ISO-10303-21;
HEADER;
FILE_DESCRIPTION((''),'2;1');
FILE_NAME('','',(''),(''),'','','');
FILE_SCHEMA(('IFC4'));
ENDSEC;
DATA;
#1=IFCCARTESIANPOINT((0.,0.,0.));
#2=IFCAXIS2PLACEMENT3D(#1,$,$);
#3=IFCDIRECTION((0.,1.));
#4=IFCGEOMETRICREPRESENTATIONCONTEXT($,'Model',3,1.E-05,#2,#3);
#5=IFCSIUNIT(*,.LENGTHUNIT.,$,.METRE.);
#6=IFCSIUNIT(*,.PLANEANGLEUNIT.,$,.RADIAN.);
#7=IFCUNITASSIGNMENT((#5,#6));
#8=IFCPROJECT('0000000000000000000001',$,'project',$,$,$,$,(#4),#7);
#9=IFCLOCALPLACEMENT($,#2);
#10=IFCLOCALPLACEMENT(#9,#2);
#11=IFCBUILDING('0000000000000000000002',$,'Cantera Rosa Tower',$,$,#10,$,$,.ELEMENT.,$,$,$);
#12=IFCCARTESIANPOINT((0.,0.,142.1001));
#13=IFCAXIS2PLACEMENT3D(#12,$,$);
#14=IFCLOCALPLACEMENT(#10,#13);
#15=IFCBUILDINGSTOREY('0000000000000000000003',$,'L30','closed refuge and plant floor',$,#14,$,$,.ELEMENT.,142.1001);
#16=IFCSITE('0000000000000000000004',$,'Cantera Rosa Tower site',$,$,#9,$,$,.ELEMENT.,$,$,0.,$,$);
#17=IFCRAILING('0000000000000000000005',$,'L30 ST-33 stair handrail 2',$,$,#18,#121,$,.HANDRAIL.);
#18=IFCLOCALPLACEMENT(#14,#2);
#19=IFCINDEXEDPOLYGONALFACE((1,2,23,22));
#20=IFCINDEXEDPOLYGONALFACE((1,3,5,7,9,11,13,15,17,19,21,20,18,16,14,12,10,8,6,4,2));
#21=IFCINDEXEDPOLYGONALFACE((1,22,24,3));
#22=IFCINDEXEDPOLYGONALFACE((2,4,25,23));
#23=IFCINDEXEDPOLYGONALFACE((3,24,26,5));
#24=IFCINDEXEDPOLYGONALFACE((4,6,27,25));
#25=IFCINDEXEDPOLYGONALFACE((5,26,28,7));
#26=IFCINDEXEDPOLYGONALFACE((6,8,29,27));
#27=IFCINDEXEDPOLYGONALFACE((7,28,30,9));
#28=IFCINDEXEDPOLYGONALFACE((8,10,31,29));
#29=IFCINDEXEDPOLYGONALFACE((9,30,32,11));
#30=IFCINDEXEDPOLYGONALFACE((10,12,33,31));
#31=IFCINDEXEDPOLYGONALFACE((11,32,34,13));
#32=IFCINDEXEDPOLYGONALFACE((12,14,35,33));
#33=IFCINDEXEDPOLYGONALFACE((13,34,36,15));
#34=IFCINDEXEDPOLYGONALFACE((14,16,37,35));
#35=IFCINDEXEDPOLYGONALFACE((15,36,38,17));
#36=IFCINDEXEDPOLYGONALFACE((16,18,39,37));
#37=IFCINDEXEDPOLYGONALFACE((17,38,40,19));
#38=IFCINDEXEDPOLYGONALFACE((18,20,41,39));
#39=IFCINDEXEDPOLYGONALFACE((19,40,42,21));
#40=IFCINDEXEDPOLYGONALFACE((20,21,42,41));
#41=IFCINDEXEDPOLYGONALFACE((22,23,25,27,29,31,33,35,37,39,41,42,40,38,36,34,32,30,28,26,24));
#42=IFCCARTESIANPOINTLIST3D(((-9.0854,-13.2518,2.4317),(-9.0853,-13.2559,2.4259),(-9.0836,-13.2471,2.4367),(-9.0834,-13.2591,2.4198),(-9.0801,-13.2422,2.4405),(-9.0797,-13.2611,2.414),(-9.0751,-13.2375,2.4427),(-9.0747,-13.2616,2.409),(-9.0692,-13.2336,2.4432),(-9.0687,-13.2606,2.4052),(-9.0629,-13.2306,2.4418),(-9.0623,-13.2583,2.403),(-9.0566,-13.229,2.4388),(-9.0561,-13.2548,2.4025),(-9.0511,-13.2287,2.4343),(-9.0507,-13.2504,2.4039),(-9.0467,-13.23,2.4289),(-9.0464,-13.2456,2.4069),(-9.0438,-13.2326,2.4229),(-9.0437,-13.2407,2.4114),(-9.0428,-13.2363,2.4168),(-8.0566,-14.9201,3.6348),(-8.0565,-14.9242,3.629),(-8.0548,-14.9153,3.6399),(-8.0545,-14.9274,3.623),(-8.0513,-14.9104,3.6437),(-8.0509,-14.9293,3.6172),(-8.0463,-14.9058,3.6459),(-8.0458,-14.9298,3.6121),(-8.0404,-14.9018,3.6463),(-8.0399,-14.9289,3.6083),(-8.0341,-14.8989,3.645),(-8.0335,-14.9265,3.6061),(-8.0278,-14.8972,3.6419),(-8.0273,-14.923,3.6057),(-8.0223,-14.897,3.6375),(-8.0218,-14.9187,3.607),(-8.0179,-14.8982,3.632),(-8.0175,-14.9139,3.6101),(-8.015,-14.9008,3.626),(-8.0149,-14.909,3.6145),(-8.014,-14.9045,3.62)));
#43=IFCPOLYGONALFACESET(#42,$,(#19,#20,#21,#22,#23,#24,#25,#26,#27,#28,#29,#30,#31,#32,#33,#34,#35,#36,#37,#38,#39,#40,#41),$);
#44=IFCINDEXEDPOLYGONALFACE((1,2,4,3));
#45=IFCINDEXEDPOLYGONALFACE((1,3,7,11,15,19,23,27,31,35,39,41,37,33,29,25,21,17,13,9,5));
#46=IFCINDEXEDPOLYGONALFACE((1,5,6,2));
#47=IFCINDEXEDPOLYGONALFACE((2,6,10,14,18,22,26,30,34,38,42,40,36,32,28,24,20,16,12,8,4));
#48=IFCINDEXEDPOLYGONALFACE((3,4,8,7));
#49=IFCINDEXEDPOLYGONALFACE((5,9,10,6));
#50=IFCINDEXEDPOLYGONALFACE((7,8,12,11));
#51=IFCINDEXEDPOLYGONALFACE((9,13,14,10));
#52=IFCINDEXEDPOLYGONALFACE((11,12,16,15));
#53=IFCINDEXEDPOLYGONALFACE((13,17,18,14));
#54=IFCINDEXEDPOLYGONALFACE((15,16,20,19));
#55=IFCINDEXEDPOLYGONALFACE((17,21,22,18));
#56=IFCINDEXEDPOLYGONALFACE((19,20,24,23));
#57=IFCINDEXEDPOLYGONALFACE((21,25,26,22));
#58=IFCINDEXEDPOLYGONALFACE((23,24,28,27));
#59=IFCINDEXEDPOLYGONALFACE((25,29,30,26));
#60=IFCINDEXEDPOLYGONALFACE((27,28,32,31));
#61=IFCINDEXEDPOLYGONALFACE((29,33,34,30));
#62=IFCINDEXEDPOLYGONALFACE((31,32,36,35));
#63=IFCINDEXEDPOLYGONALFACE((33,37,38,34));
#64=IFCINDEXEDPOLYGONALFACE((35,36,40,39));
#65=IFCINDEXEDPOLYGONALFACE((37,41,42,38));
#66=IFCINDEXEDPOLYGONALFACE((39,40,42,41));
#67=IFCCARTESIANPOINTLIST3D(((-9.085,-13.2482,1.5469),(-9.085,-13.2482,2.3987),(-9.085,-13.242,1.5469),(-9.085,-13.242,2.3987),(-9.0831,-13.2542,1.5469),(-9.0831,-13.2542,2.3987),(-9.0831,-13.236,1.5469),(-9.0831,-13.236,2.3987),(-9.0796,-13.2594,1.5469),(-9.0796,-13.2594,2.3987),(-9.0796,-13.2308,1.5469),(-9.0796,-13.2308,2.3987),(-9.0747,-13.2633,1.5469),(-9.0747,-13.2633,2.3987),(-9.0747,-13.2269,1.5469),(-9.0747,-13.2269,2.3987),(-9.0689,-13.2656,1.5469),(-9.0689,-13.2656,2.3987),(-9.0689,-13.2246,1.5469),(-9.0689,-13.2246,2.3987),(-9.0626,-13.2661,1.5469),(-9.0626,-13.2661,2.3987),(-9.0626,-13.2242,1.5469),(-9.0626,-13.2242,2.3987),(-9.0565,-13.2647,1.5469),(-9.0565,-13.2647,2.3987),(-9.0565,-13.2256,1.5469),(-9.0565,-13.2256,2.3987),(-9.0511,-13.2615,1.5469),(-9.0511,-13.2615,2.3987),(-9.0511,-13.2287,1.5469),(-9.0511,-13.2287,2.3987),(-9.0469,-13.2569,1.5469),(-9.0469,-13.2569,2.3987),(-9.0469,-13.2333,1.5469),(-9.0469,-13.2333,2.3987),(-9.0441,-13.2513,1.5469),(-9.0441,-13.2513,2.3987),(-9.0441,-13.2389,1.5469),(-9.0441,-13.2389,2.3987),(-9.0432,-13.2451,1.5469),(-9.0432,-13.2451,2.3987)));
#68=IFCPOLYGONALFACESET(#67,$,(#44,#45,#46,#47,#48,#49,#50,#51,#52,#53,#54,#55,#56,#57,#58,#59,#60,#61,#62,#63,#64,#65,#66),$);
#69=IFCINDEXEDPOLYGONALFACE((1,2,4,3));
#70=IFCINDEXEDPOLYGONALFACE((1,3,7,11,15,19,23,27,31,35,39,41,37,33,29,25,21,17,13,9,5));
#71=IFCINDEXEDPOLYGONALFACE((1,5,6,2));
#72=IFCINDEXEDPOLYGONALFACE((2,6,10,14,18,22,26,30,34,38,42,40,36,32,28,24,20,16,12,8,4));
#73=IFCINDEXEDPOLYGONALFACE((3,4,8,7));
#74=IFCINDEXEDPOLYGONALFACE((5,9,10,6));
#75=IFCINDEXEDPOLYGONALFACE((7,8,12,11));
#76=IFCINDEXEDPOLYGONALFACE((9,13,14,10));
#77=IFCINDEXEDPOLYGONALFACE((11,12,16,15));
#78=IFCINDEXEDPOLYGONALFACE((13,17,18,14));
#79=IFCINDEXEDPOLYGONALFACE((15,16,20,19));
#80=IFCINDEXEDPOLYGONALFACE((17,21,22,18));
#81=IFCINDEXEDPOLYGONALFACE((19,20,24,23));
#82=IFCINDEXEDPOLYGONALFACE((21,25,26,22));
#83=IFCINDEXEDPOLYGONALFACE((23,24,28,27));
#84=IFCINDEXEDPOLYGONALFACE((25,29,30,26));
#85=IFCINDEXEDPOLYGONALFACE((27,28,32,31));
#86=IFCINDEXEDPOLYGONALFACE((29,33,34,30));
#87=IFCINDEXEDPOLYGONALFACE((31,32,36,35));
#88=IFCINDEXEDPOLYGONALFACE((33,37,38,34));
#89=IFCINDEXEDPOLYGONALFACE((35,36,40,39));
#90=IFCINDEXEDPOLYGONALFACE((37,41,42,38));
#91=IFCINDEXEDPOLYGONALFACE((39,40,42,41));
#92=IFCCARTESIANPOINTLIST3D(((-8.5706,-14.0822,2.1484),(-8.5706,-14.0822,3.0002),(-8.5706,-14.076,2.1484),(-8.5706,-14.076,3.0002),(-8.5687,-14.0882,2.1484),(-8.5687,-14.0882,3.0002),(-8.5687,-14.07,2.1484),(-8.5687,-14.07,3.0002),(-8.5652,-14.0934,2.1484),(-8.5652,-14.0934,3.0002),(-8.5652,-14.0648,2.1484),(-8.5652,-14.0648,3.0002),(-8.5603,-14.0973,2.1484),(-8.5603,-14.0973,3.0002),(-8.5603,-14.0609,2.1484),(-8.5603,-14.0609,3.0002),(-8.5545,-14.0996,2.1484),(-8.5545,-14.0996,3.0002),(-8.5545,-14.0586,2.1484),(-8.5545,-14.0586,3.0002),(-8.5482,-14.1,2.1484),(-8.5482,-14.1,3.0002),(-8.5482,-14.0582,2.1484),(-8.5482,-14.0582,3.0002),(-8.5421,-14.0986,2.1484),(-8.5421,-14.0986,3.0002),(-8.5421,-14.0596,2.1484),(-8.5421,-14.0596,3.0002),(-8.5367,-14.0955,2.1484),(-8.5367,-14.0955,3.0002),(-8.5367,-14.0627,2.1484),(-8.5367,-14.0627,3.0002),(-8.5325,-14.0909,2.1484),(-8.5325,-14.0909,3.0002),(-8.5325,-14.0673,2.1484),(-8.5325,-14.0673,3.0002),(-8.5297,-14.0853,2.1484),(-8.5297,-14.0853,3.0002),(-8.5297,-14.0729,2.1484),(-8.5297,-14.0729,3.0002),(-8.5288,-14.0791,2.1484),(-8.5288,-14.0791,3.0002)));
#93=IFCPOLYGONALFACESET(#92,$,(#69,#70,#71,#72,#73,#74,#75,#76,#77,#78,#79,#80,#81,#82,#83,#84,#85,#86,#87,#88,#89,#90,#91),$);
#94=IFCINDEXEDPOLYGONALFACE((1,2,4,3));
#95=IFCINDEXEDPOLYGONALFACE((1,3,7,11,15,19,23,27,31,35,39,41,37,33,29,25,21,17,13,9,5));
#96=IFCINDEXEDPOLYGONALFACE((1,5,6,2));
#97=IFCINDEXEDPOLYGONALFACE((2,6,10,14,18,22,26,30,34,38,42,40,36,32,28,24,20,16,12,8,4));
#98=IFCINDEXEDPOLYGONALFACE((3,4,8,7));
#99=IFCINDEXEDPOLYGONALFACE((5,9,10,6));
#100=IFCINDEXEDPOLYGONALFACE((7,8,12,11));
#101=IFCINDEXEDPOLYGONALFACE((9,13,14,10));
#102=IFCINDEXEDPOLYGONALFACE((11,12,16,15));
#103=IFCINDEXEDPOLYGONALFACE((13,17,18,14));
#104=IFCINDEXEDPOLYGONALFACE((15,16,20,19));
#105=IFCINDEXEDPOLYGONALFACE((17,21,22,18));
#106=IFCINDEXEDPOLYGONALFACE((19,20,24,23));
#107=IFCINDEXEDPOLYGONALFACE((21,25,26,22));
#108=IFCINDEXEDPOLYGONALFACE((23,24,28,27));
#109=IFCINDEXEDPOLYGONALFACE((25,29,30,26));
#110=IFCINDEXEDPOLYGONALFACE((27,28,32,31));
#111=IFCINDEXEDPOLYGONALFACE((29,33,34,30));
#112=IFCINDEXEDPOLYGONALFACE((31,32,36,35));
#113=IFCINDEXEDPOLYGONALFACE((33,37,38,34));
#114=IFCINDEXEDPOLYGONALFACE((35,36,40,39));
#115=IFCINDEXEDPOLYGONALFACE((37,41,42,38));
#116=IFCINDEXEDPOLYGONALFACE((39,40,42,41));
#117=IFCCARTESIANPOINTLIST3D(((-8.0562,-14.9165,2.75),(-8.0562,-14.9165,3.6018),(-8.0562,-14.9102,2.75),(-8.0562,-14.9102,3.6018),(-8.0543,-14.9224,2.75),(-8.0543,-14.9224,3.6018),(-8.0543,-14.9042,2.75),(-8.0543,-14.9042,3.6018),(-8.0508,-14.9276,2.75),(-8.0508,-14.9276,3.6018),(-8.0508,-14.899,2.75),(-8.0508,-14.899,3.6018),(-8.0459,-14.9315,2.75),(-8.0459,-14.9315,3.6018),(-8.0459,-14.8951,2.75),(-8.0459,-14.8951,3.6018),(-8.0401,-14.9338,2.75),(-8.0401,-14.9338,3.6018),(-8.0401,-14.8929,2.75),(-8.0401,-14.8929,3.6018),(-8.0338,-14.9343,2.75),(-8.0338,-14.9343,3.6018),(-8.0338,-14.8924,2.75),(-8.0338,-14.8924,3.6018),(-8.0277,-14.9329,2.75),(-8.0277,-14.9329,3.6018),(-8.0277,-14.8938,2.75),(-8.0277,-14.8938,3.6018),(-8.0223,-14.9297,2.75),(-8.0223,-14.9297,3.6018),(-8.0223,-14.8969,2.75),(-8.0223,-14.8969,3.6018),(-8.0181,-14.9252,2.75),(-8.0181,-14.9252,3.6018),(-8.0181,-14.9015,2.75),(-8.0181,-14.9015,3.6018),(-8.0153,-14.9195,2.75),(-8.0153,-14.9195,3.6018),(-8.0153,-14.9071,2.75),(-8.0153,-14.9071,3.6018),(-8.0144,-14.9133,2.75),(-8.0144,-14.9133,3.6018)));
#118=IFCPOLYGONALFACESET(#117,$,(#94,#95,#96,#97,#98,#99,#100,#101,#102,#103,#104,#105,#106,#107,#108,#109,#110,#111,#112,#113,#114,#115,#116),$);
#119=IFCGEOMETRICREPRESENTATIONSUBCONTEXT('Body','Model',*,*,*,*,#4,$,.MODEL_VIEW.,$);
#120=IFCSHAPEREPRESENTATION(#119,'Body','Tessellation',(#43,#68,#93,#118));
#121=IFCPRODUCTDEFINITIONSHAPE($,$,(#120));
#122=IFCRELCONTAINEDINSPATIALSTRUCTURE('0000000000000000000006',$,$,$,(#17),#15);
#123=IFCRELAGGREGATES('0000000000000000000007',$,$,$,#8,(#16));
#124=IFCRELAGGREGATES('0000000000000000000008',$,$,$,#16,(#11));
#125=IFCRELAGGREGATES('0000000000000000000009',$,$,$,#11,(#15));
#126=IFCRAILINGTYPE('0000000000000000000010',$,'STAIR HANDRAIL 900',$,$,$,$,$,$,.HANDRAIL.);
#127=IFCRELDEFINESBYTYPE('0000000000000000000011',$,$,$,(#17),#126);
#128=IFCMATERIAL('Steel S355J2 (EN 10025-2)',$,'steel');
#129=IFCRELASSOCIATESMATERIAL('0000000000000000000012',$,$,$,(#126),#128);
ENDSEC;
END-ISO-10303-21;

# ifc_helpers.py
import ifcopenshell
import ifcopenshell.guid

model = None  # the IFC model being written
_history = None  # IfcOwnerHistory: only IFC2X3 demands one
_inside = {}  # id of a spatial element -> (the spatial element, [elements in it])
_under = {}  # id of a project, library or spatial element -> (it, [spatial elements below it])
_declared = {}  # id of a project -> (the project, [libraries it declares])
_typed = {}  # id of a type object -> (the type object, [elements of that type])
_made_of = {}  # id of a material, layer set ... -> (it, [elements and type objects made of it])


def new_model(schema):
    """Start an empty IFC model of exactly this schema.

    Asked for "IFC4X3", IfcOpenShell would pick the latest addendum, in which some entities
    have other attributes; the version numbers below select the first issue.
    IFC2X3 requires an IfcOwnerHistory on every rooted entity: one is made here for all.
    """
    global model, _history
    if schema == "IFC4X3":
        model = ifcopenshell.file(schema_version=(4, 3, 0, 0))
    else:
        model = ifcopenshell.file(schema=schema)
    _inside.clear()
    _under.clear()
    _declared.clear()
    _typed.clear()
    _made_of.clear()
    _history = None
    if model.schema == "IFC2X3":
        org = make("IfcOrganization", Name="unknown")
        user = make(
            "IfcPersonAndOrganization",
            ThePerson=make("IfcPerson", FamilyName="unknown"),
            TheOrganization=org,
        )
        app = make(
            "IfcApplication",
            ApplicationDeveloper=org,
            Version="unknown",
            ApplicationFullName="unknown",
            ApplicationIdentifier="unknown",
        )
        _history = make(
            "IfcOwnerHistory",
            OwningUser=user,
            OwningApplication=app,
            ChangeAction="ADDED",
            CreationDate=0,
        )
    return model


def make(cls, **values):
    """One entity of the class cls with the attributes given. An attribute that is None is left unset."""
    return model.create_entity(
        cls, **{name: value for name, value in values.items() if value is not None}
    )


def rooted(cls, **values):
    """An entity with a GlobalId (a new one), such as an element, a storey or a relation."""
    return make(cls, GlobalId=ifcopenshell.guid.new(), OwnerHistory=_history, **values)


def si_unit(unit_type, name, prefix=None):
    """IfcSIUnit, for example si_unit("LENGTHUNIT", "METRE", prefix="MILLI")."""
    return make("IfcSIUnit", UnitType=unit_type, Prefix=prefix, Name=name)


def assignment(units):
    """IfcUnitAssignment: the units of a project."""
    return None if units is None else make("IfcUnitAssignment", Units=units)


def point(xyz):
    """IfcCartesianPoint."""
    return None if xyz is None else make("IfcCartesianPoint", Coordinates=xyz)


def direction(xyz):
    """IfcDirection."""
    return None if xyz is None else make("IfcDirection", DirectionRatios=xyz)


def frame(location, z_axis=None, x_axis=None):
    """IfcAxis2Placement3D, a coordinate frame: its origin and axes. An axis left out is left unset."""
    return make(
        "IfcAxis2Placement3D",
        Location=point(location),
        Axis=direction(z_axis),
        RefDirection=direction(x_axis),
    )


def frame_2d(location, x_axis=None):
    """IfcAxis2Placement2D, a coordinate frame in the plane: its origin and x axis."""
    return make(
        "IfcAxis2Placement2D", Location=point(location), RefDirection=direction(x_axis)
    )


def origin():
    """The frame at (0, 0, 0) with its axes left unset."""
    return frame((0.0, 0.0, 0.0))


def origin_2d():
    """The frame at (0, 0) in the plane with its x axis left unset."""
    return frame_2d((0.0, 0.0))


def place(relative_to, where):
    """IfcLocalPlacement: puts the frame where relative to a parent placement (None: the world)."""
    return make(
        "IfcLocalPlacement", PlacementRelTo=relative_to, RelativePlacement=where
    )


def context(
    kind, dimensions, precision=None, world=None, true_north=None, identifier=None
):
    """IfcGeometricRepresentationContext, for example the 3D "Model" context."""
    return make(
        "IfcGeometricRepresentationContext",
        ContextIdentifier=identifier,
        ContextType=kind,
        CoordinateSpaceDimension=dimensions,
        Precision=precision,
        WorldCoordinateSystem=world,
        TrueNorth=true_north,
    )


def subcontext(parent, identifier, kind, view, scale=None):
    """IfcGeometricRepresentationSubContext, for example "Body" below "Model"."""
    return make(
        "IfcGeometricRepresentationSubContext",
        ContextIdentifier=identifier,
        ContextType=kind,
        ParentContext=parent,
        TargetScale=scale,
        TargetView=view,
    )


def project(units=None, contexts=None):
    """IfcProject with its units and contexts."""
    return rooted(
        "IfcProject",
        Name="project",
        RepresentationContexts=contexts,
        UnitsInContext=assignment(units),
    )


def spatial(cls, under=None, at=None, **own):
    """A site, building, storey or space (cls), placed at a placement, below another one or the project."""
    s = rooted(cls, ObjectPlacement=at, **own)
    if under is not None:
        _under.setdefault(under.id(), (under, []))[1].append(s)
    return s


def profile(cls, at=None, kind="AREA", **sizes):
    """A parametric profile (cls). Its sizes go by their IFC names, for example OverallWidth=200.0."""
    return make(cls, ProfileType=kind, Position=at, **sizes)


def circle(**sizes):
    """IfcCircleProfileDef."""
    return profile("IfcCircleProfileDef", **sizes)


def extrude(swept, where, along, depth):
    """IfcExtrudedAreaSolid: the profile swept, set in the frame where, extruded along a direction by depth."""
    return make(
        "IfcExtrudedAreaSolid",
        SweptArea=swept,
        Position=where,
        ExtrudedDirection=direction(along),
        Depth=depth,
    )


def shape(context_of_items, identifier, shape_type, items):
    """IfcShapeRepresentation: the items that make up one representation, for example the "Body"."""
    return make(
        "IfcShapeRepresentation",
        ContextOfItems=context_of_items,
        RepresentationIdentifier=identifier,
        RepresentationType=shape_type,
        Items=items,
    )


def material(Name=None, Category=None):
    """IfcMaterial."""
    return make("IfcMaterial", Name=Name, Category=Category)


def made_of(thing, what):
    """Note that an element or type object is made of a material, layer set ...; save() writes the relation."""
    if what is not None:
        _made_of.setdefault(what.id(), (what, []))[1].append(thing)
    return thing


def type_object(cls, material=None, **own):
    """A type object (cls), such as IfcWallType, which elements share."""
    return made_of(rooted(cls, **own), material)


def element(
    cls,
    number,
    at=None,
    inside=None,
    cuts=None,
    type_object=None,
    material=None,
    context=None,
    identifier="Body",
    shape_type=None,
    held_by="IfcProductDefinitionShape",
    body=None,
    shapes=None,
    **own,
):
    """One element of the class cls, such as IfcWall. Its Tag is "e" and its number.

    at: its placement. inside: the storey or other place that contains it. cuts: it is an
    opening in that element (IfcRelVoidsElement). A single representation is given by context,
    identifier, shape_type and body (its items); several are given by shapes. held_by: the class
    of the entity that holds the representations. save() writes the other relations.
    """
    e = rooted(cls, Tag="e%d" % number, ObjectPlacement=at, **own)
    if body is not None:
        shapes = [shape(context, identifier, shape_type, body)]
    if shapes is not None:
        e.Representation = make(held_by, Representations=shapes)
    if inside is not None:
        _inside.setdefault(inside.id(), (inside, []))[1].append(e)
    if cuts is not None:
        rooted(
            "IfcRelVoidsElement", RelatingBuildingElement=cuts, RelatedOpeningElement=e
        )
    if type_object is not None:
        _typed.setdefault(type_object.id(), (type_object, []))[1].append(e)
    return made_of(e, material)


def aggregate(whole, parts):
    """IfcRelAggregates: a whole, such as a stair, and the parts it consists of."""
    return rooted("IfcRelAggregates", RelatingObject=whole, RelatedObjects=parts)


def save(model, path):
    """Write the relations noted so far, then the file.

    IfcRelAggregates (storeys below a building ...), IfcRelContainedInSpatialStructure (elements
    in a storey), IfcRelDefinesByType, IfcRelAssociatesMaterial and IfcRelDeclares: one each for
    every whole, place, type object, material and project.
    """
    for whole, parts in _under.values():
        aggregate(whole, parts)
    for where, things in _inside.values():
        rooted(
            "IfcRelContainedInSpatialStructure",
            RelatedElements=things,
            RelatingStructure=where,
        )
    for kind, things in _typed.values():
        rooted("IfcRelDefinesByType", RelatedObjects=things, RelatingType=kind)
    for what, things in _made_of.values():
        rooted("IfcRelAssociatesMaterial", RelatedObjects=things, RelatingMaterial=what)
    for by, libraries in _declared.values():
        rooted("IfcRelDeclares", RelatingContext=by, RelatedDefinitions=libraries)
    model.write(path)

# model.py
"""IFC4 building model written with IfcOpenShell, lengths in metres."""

from ifc_helpers import new_model, si_unit, direction, frame, origin, origin_2d, place, context, subcontext, project, spatial, circle, extrude, material, type_object, element, save


model = new_model("IFC4")

# Units and contexts
model_context = context("Model", 3, precision=1e-05, world=origin(), true_north=direction((0.0, 1.0)))
body_context = subcontext(model_context, "Body", "Model", "MODEL_VIEW")
ifc_project = project(units=[si_unit("LENGTHUNIT", "METRE"), si_unit("PLANEANGLEUNIT", "RADIAN")], contexts=[model_context])

# Site, building, storey
site_placement = place(None, origin())
site = spatial("IfcSite", under=ifc_project, at=site_placement, Name="Cantera Rosa Tower site", CompositionType="ELEMENT", RefElevation=0.0)
building_placement = place(site_placement, origin())
building = spatial("IfcBuilding", under=site, at=building_placement, Name="Cantera Rosa Tower", CompositionType="ELEMENT")
storey_placement = place(building_placement, frame((0.0, 0.0, 142.1001)))
storey = spatial("IfcBuildingStorey", under=building, at=storey_placement, Name="L30", Description="closed refuge and plant floor", CompositionType="ELEMENT", Elevation=142.1001)

# Railing
ifc_material_1 = material(Name="Steel S355J2 (EN 10025-2)", Category="steel")
railing_type_1 = type_object("IfcRailingType", Name="STAIR HANDRAIL 900", PredefinedType="HANDRAIL", material=ifc_material_1)
railing_1_placement = place(storey_placement, frame((-9.0642, -13.2451, 1.5469)))
element("IfcRailing", 1, at=railing_1_placement, inside=storey, type_object=railing_type_1, Name="L30 ST-33 stair handrail 2", PredefinedType="HANDRAIL", context=body_context, shape_type="SweptSolid", body=[
    extrude(circle(Radius=0.0239, at=origin_2d()), frame((0.0, 0.0, 0.876), z_axis=(0.447355, -0.725386, 0.523153), x_axis=(0.851153, 0.524917, 0.0)), (0.0, 0.0, 1.0), 2.2998),
    extrude(circle(Radius=0.021, at=origin_2d()), origin(), (0.0, 0.0, 1.0), 0.8518),
    extrude(circle(Radius=0.021, at=origin_2d()), frame((0.5144, -0.834, 0.6016)), (0.0, 0.0, 1.0), 0.8518),
    extrude(circle(Radius=0.021, at=origin_2d()), frame((1.0288, -1.6682, 1.2031)), (0.0, 0.0, 1.0), 0.8518),
])

save(model, "model.ifc")
